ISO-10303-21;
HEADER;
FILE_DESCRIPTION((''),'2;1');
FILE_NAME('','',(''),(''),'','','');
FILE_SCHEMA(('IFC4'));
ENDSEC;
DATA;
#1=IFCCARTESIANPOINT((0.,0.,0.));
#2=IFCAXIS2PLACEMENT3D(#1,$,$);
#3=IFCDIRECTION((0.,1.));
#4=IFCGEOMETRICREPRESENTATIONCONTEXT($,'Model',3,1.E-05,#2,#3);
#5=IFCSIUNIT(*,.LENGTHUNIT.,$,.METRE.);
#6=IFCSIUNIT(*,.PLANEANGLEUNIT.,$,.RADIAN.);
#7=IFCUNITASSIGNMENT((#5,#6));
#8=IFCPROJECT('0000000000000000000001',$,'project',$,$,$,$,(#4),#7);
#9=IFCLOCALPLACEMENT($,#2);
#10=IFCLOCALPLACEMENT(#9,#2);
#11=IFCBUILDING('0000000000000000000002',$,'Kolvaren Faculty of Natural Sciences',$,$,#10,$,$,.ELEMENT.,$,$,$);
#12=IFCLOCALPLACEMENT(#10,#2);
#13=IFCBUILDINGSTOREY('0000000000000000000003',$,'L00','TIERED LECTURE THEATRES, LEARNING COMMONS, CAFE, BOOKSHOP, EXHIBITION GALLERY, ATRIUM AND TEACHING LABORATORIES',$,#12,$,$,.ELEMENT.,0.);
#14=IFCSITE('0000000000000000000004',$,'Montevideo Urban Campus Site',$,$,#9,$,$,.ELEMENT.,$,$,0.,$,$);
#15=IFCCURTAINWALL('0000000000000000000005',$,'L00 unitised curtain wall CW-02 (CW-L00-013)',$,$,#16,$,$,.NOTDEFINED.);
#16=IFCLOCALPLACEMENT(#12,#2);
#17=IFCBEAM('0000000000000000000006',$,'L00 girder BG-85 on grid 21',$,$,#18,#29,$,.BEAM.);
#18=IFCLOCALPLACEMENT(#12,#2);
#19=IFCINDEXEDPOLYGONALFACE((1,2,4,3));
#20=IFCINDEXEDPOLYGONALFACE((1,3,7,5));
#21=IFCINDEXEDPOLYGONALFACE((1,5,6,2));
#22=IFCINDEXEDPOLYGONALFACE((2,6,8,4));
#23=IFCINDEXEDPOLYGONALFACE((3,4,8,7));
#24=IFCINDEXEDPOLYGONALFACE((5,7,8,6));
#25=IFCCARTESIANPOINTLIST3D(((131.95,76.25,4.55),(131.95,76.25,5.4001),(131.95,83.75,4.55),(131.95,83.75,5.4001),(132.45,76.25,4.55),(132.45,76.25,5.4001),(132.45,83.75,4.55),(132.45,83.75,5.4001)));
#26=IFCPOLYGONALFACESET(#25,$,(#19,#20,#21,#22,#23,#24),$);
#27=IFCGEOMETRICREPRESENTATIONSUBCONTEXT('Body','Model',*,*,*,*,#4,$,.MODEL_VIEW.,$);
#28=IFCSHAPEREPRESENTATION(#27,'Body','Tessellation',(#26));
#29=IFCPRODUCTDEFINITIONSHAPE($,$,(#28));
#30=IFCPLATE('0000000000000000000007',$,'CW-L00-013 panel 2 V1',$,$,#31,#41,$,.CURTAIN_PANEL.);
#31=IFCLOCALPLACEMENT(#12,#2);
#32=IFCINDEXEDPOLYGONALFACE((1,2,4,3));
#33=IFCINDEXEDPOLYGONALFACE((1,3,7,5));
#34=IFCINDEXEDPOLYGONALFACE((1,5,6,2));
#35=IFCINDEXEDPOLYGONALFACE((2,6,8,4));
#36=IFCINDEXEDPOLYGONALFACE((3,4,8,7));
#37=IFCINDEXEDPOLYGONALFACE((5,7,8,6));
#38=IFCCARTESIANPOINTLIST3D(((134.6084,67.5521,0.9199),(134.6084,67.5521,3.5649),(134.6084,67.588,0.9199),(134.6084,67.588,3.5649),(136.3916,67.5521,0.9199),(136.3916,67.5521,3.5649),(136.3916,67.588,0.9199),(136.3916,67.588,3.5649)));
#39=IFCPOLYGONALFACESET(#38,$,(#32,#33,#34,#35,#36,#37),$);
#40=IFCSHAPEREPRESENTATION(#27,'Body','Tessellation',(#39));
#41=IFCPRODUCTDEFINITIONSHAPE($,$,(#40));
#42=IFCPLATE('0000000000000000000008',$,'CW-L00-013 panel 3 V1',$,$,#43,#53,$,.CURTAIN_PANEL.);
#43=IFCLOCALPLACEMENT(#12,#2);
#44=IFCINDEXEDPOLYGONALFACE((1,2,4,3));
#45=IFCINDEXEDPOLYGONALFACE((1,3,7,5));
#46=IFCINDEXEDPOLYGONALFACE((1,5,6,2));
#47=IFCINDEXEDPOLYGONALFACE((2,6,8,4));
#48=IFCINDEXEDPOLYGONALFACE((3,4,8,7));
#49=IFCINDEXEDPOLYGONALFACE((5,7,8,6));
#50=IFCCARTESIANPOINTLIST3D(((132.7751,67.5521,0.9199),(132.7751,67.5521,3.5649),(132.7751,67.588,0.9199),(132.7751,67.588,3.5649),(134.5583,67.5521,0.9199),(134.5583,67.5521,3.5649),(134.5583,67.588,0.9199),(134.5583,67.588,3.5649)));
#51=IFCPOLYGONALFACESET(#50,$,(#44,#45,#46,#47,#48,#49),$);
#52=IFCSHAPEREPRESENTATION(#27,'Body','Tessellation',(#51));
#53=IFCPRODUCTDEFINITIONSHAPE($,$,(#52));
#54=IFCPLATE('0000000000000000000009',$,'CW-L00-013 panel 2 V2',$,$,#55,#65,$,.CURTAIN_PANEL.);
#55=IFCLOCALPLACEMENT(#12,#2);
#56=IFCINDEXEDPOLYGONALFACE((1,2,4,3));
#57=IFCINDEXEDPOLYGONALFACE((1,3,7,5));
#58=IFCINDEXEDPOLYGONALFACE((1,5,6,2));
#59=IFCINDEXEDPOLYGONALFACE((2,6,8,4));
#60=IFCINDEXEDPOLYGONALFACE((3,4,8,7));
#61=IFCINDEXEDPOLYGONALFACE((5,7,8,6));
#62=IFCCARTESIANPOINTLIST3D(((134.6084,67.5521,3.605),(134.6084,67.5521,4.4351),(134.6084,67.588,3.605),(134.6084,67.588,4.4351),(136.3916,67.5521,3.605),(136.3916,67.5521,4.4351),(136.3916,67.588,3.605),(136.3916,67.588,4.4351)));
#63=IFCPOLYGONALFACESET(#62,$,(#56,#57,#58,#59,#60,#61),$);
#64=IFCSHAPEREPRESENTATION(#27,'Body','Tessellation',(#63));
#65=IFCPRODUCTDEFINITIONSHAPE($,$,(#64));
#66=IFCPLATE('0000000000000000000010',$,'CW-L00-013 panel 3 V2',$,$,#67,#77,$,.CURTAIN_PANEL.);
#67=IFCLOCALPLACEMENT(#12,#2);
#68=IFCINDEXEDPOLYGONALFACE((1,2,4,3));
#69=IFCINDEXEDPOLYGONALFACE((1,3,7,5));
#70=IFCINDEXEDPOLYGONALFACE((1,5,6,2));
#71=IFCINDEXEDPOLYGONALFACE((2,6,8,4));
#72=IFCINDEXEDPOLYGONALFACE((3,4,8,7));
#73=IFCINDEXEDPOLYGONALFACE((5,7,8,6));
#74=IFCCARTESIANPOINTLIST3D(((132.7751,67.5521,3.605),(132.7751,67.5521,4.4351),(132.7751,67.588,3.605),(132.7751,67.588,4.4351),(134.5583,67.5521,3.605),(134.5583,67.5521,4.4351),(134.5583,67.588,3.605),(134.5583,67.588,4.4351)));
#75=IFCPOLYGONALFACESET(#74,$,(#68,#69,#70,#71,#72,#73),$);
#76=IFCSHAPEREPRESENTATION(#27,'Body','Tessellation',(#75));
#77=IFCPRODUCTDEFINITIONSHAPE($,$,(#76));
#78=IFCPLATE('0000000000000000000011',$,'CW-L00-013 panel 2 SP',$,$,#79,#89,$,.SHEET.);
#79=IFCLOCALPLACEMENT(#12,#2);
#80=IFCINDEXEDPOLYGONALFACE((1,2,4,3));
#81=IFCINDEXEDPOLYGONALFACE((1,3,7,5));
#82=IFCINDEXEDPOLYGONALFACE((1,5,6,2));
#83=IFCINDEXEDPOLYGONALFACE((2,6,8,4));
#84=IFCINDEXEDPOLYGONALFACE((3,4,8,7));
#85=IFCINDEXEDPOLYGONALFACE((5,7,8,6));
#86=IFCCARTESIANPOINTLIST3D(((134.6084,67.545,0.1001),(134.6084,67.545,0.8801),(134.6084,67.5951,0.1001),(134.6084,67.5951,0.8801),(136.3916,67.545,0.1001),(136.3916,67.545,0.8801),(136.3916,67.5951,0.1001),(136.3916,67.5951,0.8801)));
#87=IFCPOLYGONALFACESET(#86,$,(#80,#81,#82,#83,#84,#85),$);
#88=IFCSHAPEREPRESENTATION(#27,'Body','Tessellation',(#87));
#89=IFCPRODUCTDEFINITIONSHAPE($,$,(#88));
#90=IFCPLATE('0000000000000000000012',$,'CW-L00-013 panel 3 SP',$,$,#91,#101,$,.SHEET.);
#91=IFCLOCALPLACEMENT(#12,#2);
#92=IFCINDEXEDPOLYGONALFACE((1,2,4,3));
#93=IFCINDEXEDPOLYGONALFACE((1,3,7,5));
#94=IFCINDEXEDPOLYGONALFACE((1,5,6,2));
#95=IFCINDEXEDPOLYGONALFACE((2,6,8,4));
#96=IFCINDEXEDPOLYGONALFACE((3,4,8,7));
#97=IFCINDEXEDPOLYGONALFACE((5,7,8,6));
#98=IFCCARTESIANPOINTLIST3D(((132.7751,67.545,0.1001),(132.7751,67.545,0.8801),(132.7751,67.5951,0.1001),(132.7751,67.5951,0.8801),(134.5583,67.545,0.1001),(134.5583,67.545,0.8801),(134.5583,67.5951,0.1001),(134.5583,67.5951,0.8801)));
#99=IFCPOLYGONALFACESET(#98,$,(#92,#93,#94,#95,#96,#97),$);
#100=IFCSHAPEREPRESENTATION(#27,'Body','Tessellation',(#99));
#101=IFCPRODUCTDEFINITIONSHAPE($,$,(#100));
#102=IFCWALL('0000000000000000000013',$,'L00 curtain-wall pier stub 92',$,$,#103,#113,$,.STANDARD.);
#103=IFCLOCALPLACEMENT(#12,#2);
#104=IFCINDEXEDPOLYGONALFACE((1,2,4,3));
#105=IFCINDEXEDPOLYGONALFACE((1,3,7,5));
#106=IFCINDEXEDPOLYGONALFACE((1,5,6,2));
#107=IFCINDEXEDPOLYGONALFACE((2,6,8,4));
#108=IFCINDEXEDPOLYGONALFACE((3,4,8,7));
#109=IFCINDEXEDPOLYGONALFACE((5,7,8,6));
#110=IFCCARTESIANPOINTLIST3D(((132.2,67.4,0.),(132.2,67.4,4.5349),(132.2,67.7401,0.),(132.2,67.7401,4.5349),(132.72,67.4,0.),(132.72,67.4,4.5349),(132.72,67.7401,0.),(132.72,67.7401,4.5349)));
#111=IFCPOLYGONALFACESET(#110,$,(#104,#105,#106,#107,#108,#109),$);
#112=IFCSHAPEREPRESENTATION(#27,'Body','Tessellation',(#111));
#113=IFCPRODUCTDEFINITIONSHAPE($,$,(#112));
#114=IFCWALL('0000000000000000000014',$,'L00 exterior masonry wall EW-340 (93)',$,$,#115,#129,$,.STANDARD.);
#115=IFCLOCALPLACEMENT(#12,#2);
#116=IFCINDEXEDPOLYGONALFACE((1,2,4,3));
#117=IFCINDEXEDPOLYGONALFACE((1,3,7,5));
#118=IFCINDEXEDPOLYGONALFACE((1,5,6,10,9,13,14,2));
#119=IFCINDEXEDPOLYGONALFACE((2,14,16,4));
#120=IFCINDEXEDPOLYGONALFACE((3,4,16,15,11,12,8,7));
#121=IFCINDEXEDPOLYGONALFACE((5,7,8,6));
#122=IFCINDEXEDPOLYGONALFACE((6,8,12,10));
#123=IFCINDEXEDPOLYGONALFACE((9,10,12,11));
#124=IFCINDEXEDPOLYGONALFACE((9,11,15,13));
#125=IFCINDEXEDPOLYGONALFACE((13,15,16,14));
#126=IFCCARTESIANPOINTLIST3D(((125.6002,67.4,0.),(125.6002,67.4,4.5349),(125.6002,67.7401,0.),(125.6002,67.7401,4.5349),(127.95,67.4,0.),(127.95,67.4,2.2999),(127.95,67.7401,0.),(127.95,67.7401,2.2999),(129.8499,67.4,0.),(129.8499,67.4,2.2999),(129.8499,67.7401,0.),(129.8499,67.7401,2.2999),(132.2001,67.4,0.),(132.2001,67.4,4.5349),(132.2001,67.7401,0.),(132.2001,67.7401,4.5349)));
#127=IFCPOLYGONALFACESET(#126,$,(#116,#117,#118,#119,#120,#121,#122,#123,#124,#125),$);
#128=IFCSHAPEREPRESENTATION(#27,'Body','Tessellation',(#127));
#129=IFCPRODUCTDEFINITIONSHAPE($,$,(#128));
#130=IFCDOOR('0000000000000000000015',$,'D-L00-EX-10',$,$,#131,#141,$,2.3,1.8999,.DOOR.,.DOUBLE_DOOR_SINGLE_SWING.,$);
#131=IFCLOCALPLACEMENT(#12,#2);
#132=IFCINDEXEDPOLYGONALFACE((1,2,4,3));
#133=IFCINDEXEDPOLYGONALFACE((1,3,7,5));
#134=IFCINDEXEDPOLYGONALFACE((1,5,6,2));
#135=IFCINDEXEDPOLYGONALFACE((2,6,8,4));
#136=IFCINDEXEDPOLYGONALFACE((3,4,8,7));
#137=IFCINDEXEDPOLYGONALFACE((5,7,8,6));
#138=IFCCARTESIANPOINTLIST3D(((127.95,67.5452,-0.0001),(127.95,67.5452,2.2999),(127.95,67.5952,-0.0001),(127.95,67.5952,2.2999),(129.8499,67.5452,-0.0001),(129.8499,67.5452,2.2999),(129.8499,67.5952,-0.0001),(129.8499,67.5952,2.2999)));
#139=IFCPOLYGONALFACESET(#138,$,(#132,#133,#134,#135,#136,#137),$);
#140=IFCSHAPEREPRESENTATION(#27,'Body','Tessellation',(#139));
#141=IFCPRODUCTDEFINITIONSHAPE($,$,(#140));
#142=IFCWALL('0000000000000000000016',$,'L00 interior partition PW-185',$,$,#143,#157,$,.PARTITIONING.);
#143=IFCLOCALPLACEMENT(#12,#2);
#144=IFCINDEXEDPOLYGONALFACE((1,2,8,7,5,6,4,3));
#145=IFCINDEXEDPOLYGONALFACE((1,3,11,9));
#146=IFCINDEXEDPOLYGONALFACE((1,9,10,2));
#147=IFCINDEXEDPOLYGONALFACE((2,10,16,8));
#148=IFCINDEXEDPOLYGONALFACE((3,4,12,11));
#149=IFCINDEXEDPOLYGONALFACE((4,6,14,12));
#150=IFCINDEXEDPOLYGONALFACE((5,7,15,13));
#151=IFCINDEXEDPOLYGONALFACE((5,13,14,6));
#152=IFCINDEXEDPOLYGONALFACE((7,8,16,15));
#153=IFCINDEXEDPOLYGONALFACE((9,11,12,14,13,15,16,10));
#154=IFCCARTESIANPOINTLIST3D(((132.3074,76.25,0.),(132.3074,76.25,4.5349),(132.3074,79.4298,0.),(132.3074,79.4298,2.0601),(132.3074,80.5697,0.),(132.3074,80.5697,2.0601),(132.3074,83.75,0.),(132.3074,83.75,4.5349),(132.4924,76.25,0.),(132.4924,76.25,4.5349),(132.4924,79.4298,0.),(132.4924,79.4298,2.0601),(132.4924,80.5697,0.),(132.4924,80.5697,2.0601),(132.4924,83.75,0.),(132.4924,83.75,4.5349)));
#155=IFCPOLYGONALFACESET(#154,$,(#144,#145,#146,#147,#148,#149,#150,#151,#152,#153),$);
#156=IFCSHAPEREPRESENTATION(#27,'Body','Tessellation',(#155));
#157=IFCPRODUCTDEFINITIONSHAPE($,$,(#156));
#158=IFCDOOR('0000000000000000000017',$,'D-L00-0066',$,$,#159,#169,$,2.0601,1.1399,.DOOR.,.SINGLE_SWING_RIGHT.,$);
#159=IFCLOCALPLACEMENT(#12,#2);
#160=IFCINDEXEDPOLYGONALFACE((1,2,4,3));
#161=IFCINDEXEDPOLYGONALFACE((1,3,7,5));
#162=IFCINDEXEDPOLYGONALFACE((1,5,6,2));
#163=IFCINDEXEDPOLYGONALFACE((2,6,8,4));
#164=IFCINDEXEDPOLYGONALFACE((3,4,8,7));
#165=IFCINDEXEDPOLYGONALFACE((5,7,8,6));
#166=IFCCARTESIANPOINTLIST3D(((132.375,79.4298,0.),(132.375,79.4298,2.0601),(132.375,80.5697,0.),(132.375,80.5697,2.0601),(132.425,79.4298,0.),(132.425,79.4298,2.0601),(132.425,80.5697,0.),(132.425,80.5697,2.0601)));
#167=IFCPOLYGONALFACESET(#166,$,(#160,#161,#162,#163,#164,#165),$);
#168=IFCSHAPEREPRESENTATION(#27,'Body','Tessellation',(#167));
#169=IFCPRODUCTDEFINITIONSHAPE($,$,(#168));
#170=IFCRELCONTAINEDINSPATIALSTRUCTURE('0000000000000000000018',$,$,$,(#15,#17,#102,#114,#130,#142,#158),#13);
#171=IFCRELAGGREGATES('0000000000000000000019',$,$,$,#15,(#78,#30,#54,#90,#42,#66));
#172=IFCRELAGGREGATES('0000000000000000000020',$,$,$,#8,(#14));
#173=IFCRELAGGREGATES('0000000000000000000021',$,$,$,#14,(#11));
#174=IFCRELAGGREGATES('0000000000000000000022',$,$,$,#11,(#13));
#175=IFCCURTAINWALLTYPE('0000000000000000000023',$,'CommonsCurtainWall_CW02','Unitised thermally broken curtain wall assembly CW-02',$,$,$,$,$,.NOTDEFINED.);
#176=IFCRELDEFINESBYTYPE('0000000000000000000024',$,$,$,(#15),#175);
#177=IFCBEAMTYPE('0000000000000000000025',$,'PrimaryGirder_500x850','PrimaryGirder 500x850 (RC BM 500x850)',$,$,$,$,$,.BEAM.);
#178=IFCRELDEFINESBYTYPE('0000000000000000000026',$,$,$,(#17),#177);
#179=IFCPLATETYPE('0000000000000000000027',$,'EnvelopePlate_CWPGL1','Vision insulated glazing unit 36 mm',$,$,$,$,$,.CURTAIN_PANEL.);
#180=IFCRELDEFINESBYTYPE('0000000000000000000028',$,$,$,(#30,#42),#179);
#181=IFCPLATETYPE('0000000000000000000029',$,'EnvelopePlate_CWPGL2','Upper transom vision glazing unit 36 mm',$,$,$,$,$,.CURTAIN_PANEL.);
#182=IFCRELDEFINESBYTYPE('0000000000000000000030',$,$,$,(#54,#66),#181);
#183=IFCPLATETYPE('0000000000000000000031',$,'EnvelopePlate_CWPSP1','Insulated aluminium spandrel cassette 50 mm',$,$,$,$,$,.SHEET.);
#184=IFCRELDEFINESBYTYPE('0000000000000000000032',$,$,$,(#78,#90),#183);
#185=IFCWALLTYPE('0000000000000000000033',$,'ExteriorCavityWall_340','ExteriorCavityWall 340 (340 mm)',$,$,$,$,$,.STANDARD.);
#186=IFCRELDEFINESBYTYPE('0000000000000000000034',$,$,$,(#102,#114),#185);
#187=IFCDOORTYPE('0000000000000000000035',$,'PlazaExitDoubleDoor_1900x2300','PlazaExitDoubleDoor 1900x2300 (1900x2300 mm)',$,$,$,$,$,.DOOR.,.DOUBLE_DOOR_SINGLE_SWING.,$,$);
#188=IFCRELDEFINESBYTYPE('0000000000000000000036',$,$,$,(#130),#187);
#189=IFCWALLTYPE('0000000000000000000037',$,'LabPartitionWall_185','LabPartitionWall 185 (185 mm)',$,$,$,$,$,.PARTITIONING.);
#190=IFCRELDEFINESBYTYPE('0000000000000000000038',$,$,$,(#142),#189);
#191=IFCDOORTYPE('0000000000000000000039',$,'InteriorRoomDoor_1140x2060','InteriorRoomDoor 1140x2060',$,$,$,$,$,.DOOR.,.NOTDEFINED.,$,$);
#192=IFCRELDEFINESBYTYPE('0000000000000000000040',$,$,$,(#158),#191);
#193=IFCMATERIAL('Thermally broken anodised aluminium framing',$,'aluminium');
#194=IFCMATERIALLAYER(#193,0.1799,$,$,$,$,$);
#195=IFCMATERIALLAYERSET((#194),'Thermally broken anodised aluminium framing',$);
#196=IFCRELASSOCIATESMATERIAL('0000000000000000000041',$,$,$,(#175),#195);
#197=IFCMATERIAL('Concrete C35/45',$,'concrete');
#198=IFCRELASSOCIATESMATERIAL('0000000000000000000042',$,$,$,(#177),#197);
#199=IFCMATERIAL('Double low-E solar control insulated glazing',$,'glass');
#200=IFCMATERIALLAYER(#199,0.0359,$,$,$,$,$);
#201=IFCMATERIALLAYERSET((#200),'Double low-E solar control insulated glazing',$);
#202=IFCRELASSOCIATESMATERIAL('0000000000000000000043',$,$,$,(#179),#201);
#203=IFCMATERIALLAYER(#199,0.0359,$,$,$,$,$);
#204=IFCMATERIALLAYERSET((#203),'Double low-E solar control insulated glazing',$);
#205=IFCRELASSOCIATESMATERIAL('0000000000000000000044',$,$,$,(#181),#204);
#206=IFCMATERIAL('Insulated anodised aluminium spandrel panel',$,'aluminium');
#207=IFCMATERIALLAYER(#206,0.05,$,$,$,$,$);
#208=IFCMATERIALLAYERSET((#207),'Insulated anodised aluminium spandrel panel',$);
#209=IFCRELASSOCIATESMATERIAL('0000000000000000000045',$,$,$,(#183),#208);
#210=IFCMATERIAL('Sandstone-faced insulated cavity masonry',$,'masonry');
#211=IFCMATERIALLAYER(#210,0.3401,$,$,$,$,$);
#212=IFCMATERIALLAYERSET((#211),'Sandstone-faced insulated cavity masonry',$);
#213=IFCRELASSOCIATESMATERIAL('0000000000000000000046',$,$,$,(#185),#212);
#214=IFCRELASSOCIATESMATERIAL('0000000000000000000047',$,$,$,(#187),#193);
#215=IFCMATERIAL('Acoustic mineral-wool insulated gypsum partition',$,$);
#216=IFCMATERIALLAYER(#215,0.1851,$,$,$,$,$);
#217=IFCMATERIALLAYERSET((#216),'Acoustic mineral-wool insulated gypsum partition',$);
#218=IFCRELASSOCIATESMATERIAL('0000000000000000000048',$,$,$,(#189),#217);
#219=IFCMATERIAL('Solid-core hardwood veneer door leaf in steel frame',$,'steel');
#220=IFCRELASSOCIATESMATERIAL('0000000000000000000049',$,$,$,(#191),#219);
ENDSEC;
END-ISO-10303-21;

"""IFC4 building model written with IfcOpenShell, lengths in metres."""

from ifc_helpers import new_model, si_unit, direction, frame, frame_2d, origin, origin_2d, place, context, subcontext, project, spatial, rectangle, extrude, material, layer, layer_set, material_profile, profile_set, type_object, element, fill, aggregate, save


model = new_model("IFC4")

# Units and contexts
model_context = context("Model", 3, precision=1e-05, world=origin(), true_north=direction((0.0, 1.0)))
body_context = subcontext(model_context, "Body", "Model", "MODEL_VIEW")
ifc_project = project(units=[si_unit("LENGTHUNIT", "METRE"), si_unit("PLANEANGLEUNIT", "RADIAN")], contexts=[model_context])

# Site, building, storey
site_placement = place(None, origin())
site = spatial("IfcSite", under=ifc_project, at=site_placement, Name="Montevideo Urban Campus Site", CompositionType="ELEMENT", RefElevation=0.0)
building_placement = place(site_placement, origin())
building = spatial("IfcBuilding", under=site, at=building_placement, Name="Kolvaren Faculty of Natural Sciences", CompositionType="ELEMENT")
storey_placement = place(building_placement, origin())
storey = spatial("IfcBuildingStorey", under=building, at=storey_placement, Name="L00", Description="TIERED LECTURE THEATRES, LEARNING COMMONS, CAFE, BOOKSHOP, EXHIBITION GALLERY, ATRIUM AND TEACHING LABORATORIES", CompositionType="ELEMENT", Elevation=0.0)

# Shared definitions
ifc_material_1 = material(Name="Concrete C35/45", Category="concrete")

# Curtain wall
ifc_material_2 = material(Name="Thermally broken anodised aluminium framing", Category="aluminium")
ifc_layer_1 = layer(ifc_material_2, 0.1799)
ifc_layer_set_1 = layer_set([ifc_layer_1], Name="Thermally broken anodised aluminium framing")
curtain_wall_type = type_object("IfcCurtainWallType", Name="CommonsCurtainWall_CW02", Description="Unitised thermally broken curtain wall assembly CW-02", PredefinedType="NOTDEFINED", material=ifc_layer_set_1)
curtain_wall_placement = place(storey_placement, origin())
curtain_wall = element("IfcCurtainWall", 1, at=curtain_wall_placement, inside=storey, type_object=curtain_wall_type, Name="L00 unitised curtain wall CW-02 (CW-L00-013)", PredefinedType="NOTDEFINED")

# Beam
ifc_material_profile_1 = material_profile(ifc_material_1, rectangle(XDim=0.5, YDim=0.8501, at=origin_2d()), Name="RC BM 500x850")
ifc_profile_set_1 = profile_set([ifc_material_profile_1], Name="Concrete C35/45")
beam_type_1 = type_object("IfcBeamType", Name="PrimaryGirder_500x850", Description="PrimaryGirder 500x850 (RC BM 500x850)", PredefinedType="BEAM", material=ifc_profile_set_1)
for number, where, z_axis, x_axis, name in (
    (2, (132.2, 76.25, 4.9751), (0.0, 1.0, 0.0), (-1.0, 0.0, 0.0), "L00 girder BG-85 on grid 21"),
):
    element("IfcBeam", number, at=place(storey_placement, frame(where, z_axis=z_axis, x_axis=x_axis)), inside=storey, type_object=beam_type_1, Name=name, PredefinedType="BEAM", context=body_context, shape_type="SweptSolid", body=[
        extrude(rectangle(XDim=0.5, YDim=0.8501, at=origin_2d()), origin(), (0.0, 0.0, 1.0), 7.5),
    ])

# Plates
ifc_material_3 = material(Name="Double low-E solar control insulated glazing", Category="glass")
ifc_layer_2 = layer(ifc_material_3, 0.0359)
ifc_layer_set_2 = layer_set([ifc_layer_2], Name="Double low-E solar control insulated glazing")
plate_type_1 = type_object("IfcPlateType", Name="EnvelopePlate_CWPGL1", Description="Vision insulated glazing unit 36 mm", PredefinedType="CURTAIN_PANEL", material=ifc_layer_set_2)
plate_1_placement = place(storey_placement, frame((135.5, 67.5701, 0.9199), z_axis=(0.0, 0.0, 1.0), x_axis=(-1.0, 0.0, 0.0)))
plate_1 = element("IfcPlate", 3, at=plate_1_placement, type_object=plate_type_1, Name="CW-L00-013 panel 2 V1", PredefinedType="CURTAIN_PANEL", context=body_context, shape_type="SweptSolid", body=[
    extrude(rectangle(XDim=1.7832, YDim=0.0359, at=origin_2d()), origin(), (0.0, 0.0, 1.0), 2.645),
])
plate_2_placement = place(storey_placement, frame((133.6667, 67.5701, 0.9199), z_axis=(0.0, 0.0, 1.0), x_axis=(-1.0, 0.0, 0.0)))
plate_2 = element("IfcPlate", 4, at=plate_2_placement, type_object=plate_type_1, Name="CW-L00-013 panel 3 V1", PredefinedType="CURTAIN_PANEL", context=body_context, shape_type="SweptSolid", body=[
    extrude(rectangle(XDim=1.7832, YDim=0.0359, at=origin_2d()), origin(), (0.0, 0.0, 1.0), 2.645),
])
ifc_layer_3 = layer(ifc_material_3, 0.0359)
ifc_layer_set_3 = layer_set([ifc_layer_3], Name="Double low-E solar control insulated glazing")
plate_type_2 = type_object("IfcPlateType", Name="EnvelopePlate_CWPGL2", Description="Upper transom vision glazing unit 36 mm", PredefinedType="CURTAIN_PANEL", material=ifc_layer_set_3)
plate_3_placement = place(storey_placement, frame((135.5, 67.5701, 3.605), z_axis=(0.0, 0.0, 1.0), x_axis=(-1.0, 0.0, 0.0)))
plate_3 = element("IfcPlate", 5, at=plate_3_placement, type_object=plate_type_2, Name="CW-L00-013 panel 2 V2", PredefinedType="CURTAIN_PANEL", context=body_context, shape_type="SweptSolid", body=[
    extrude(rectangle(XDim=1.7832, YDim=0.0359, at=origin_2d()), origin(), (0.0, 0.0, 1.0), 0.8301),
])
plate_4_placement = place(storey_placement, frame((133.6667, 67.5701, 3.605), z_axis=(0.0, 0.0, 1.0), x_axis=(-1.0, 0.0, 0.0)))
plate_4 = element("IfcPlate", 6, at=plate_4_placement, type_object=plate_type_2, Name="CW-L00-013 panel 3 V2", PredefinedType="CURTAIN_PANEL", context=body_context, shape_type="SweptSolid", body=[
    extrude(rectangle(XDim=1.7832, YDim=0.0359, at=origin_2d()), origin(), (0.0, 0.0, 1.0), 0.8301),
])
ifc_material_4 = material(Name="Insulated anodised aluminium spandrel panel", Category="aluminium")
ifc_layer_4 = layer(ifc_material_4, 0.05)
ifc_layer_set_4 = layer_set([ifc_layer_4], Name="Insulated anodised aluminium spandrel panel")
plate_type_3 = type_object("IfcPlateType", Name="EnvelopePlate_CWPSP1", Description="Insulated aluminium spandrel cassette 50 mm", PredefinedType="SHEET", material=ifc_layer_set_4)
plate_5_placement = place(storey_placement, frame((135.5, 67.5701, 0.1001), z_axis=(0.0, 0.0, 1.0), x_axis=(-1.0, 0.0, 0.0)))
plate_5 = element("IfcPlate", 7, at=plate_5_placement, type_object=plate_type_3, Name="CW-L00-013 panel 2 SP", PredefinedType="SHEET", context=body_context, shape_type="SweptSolid", body=[
    extrude(rectangle(XDim=1.7832, YDim=0.05, at=origin_2d()), origin(), (0.0, 0.0, 1.0), 0.78),
])
plate_6_placement = place(storey_placement, frame((133.6667, 67.5701, 0.1001), z_axis=(0.0, 0.0, 1.0), x_axis=(-1.0, 0.0, 0.0)))
plate_6 = element("IfcPlate", 8, at=plate_6_placement, type_object=plate_type_3, Name="CW-L00-013 panel 3 SP", PredefinedType="SHEET", context=body_context, shape_type="SweptSolid", body=[
    extrude(rectangle(XDim=1.7832, YDim=0.05, at=origin_2d()), origin(), (0.0, 0.0, 1.0), 0.78),
])
aggregate(curtain_wall, [plate_5, plate_1, plate_3, plate_6, plate_2, plate_4])

# Wall
ifc_material_5 = material(Name="Sandstone-faced insulated cavity masonry", Category="masonry")
ifc_layer_5 = layer(ifc_material_5, 0.3401)
ifc_layer_set_5 = layer_set([ifc_layer_5], Name="Sandstone-faced insulated cavity masonry")
wall_type_1 = type_object("IfcWallType", Name="ExteriorCavityWall_340", Description="ExteriorCavityWall 340 (340 mm)", PredefinedType="STANDARD", material=ifc_layer_set_5)
wall_1_placement = place(storey_placement, frame((132.72, 67.5701, 0.0), z_axis=(0.0, 0.0, 1.0), x_axis=(-1.0, 0.0, 0.0)))
element("IfcWall", 9, at=wall_1_placement, inside=storey, type_object=wall_type_1, Name="L00 curtain-wall pier stub 92", PredefinedType="STANDARD", context=body_context, shape_type="SweptSolid", body=[
    extrude(rectangle(XDim=0.52, YDim=0.3401, at=frame_2d((0.26, 0.0))), origin(), (0.0, 0.0, 1.0), 4.5349),
])

# Walls, openings, doors
wall_2_placement = place(storey_placement, frame((132.2, 67.5701, 0.0), z_axis=(0.0, 0.0, 1.0), x_axis=(-1.0, 0.0, 0.0)))
wall_2 = element("IfcWall", 10, at=wall_2_placement, inside=storey, type_object=wall_type_1, Name="L00 exterior masonry wall EW-340 (93)", PredefinedType="STANDARD", context=body_context, shape_type="SweptSolid", body=[
    extrude(rectangle(XDim=6.5999, YDim=0.3401, at=frame_2d((3.2998, 0.0))), origin(), (0.0, 0.0, 1.0), 4.5349),
])
opening_1_placement = place(wall_2_placement, frame((2.3501, 0.0, 0.0)))
opening_1 = element("IfcOpeningElement", 11, at=opening_1_placement, cuts=wall_2, PredefinedType="OPENING", context=body_context, shape_type="SweptSolid", body=[
    extrude(rectangle(XDim=1.8999, YDim=2.3, at=frame_2d((0.95, 1.1499))), frame((0.0, 0.1799, 0.0), z_axis=(0.0, -1.0, 0.0), x_axis=(1.0, 0.0, 0.0)), (0.0, 0.0, 1.0), 0.3601),
])
door_type_1 = type_object("IfcDoorType", Name="PlazaExitDoubleDoor_1900x2300", Description="PlazaExitDoubleDoor 1900x2300 (1900x2300 mm)", OperationType="DOUBLE_DOOR_SINGLE_SWING", PredefinedType="DOOR", material=ifc_material_2)
door_1_placement = place(opening_1_placement, origin())
door_1 = element("IfcDoor", 12, at=door_1_placement, inside=storey, type_object=door_type_1, Name="D-L00-EX-10", OperationType="DOUBLE_DOOR_SINGLE_SWING", OverallHeight=2.3, OverallWidth=1.8999, PredefinedType="DOOR", context=body_context, shape_type="SweptSolid", body=[
    extrude(rectangle(XDim=1.8999, YDim=2.3, at=frame_2d((0.95, 1.1499))), frame((0.0, 0.0249, 0.0), z_axis=(0.0, -1.0, 0.0), x_axis=(1.0, 0.0, 0.0)), (0.0, 0.0, 1.0), 0.05),
])
fill(opening_1, door_1)
ifc_material_6 = material(Name="Acoustic mineral-wool insulated gypsum partition")
ifc_layer_6 = layer(ifc_material_6, 0.1851)
ifc_layer_set_6 = layer_set([ifc_layer_6], Name="Acoustic mineral-wool insulated gypsum partition")
wall_type_2 = type_object("IfcWallType", Name="LabPartitionWall_185", Description="LabPartitionWall 185 (185 mm)", PredefinedType="PARTITIONING", material=ifc_layer_set_6)
wall_3_placement = place(storey_placement, frame((132.3999, 76.25, 0.0), z_axis=(0.0, 0.0, 1.0), x_axis=(0.0, 1.0, 0.0)))
wall_3 = element("IfcWall", 13, at=wall_3_placement, inside=storey, type_object=wall_type_2, Name="L00 interior partition PW-185", PredefinedType="PARTITIONING", context=body_context, shape_type="SweptSolid", body=[
    extrude(rectangle(XDim=7.5, YDim=0.1851, at=frame_2d((3.75, 0.0))), origin(), (0.0, 0.0, 1.0), 4.5349),
])
opening_2_placement = place(wall_3_placement, frame((3.1799, 0.0, 0.0)))
opening_2 = element("IfcOpeningElement", 14, at=opening_2_placement, cuts=wall_3, PredefinedType="OPENING", context=body_context, shape_type="SweptSolid", body=[
    extrude(rectangle(XDim=1.1399, YDim=2.0601, at=frame_2d((0.5698, 1.03))), frame((0.0, 0.1025, 0.0), z_axis=(0.0, -1.0, 0.0), x_axis=(1.0, 0.0, 0.0)), (0.0, 0.0, 1.0), 0.2051),
])
ifc_material_7 = material(Name="Solid-core hardwood veneer door leaf in steel frame", Category="steel")
door_type_2 = type_object("IfcDoorType", Name="InteriorRoomDoor_1140x2060", Description="InteriorRoomDoor 1140x2060", OperationType="NOTDEFINED", PredefinedType="DOOR", material=ifc_material_7)
door_2_placement = place(opening_2_placement, origin())
door_2 = element("IfcDoor", 15, at=door_2_placement, inside=storey, type_object=door_type_2, Name="D-L00-0066", OperationType="SINGLE_SWING_RIGHT", OverallHeight=2.0601, OverallWidth=1.1399, PredefinedType="DOOR", context=body_context, shape_type="SweptSolid", body=[
    extrude(rectangle(XDim=1.1399, YDim=2.0601, at=frame_2d((0.5698, 1.03))), frame((0.0, 0.0249, 0.0), z_axis=(0.0, -1.0, 0.0), x_axis=(1.0, 0.0, 0.0)), (0.0, 0.0, 1.0), 0.05),
])
fill(opening_2, door_2)

save(model, "model.ifc")
